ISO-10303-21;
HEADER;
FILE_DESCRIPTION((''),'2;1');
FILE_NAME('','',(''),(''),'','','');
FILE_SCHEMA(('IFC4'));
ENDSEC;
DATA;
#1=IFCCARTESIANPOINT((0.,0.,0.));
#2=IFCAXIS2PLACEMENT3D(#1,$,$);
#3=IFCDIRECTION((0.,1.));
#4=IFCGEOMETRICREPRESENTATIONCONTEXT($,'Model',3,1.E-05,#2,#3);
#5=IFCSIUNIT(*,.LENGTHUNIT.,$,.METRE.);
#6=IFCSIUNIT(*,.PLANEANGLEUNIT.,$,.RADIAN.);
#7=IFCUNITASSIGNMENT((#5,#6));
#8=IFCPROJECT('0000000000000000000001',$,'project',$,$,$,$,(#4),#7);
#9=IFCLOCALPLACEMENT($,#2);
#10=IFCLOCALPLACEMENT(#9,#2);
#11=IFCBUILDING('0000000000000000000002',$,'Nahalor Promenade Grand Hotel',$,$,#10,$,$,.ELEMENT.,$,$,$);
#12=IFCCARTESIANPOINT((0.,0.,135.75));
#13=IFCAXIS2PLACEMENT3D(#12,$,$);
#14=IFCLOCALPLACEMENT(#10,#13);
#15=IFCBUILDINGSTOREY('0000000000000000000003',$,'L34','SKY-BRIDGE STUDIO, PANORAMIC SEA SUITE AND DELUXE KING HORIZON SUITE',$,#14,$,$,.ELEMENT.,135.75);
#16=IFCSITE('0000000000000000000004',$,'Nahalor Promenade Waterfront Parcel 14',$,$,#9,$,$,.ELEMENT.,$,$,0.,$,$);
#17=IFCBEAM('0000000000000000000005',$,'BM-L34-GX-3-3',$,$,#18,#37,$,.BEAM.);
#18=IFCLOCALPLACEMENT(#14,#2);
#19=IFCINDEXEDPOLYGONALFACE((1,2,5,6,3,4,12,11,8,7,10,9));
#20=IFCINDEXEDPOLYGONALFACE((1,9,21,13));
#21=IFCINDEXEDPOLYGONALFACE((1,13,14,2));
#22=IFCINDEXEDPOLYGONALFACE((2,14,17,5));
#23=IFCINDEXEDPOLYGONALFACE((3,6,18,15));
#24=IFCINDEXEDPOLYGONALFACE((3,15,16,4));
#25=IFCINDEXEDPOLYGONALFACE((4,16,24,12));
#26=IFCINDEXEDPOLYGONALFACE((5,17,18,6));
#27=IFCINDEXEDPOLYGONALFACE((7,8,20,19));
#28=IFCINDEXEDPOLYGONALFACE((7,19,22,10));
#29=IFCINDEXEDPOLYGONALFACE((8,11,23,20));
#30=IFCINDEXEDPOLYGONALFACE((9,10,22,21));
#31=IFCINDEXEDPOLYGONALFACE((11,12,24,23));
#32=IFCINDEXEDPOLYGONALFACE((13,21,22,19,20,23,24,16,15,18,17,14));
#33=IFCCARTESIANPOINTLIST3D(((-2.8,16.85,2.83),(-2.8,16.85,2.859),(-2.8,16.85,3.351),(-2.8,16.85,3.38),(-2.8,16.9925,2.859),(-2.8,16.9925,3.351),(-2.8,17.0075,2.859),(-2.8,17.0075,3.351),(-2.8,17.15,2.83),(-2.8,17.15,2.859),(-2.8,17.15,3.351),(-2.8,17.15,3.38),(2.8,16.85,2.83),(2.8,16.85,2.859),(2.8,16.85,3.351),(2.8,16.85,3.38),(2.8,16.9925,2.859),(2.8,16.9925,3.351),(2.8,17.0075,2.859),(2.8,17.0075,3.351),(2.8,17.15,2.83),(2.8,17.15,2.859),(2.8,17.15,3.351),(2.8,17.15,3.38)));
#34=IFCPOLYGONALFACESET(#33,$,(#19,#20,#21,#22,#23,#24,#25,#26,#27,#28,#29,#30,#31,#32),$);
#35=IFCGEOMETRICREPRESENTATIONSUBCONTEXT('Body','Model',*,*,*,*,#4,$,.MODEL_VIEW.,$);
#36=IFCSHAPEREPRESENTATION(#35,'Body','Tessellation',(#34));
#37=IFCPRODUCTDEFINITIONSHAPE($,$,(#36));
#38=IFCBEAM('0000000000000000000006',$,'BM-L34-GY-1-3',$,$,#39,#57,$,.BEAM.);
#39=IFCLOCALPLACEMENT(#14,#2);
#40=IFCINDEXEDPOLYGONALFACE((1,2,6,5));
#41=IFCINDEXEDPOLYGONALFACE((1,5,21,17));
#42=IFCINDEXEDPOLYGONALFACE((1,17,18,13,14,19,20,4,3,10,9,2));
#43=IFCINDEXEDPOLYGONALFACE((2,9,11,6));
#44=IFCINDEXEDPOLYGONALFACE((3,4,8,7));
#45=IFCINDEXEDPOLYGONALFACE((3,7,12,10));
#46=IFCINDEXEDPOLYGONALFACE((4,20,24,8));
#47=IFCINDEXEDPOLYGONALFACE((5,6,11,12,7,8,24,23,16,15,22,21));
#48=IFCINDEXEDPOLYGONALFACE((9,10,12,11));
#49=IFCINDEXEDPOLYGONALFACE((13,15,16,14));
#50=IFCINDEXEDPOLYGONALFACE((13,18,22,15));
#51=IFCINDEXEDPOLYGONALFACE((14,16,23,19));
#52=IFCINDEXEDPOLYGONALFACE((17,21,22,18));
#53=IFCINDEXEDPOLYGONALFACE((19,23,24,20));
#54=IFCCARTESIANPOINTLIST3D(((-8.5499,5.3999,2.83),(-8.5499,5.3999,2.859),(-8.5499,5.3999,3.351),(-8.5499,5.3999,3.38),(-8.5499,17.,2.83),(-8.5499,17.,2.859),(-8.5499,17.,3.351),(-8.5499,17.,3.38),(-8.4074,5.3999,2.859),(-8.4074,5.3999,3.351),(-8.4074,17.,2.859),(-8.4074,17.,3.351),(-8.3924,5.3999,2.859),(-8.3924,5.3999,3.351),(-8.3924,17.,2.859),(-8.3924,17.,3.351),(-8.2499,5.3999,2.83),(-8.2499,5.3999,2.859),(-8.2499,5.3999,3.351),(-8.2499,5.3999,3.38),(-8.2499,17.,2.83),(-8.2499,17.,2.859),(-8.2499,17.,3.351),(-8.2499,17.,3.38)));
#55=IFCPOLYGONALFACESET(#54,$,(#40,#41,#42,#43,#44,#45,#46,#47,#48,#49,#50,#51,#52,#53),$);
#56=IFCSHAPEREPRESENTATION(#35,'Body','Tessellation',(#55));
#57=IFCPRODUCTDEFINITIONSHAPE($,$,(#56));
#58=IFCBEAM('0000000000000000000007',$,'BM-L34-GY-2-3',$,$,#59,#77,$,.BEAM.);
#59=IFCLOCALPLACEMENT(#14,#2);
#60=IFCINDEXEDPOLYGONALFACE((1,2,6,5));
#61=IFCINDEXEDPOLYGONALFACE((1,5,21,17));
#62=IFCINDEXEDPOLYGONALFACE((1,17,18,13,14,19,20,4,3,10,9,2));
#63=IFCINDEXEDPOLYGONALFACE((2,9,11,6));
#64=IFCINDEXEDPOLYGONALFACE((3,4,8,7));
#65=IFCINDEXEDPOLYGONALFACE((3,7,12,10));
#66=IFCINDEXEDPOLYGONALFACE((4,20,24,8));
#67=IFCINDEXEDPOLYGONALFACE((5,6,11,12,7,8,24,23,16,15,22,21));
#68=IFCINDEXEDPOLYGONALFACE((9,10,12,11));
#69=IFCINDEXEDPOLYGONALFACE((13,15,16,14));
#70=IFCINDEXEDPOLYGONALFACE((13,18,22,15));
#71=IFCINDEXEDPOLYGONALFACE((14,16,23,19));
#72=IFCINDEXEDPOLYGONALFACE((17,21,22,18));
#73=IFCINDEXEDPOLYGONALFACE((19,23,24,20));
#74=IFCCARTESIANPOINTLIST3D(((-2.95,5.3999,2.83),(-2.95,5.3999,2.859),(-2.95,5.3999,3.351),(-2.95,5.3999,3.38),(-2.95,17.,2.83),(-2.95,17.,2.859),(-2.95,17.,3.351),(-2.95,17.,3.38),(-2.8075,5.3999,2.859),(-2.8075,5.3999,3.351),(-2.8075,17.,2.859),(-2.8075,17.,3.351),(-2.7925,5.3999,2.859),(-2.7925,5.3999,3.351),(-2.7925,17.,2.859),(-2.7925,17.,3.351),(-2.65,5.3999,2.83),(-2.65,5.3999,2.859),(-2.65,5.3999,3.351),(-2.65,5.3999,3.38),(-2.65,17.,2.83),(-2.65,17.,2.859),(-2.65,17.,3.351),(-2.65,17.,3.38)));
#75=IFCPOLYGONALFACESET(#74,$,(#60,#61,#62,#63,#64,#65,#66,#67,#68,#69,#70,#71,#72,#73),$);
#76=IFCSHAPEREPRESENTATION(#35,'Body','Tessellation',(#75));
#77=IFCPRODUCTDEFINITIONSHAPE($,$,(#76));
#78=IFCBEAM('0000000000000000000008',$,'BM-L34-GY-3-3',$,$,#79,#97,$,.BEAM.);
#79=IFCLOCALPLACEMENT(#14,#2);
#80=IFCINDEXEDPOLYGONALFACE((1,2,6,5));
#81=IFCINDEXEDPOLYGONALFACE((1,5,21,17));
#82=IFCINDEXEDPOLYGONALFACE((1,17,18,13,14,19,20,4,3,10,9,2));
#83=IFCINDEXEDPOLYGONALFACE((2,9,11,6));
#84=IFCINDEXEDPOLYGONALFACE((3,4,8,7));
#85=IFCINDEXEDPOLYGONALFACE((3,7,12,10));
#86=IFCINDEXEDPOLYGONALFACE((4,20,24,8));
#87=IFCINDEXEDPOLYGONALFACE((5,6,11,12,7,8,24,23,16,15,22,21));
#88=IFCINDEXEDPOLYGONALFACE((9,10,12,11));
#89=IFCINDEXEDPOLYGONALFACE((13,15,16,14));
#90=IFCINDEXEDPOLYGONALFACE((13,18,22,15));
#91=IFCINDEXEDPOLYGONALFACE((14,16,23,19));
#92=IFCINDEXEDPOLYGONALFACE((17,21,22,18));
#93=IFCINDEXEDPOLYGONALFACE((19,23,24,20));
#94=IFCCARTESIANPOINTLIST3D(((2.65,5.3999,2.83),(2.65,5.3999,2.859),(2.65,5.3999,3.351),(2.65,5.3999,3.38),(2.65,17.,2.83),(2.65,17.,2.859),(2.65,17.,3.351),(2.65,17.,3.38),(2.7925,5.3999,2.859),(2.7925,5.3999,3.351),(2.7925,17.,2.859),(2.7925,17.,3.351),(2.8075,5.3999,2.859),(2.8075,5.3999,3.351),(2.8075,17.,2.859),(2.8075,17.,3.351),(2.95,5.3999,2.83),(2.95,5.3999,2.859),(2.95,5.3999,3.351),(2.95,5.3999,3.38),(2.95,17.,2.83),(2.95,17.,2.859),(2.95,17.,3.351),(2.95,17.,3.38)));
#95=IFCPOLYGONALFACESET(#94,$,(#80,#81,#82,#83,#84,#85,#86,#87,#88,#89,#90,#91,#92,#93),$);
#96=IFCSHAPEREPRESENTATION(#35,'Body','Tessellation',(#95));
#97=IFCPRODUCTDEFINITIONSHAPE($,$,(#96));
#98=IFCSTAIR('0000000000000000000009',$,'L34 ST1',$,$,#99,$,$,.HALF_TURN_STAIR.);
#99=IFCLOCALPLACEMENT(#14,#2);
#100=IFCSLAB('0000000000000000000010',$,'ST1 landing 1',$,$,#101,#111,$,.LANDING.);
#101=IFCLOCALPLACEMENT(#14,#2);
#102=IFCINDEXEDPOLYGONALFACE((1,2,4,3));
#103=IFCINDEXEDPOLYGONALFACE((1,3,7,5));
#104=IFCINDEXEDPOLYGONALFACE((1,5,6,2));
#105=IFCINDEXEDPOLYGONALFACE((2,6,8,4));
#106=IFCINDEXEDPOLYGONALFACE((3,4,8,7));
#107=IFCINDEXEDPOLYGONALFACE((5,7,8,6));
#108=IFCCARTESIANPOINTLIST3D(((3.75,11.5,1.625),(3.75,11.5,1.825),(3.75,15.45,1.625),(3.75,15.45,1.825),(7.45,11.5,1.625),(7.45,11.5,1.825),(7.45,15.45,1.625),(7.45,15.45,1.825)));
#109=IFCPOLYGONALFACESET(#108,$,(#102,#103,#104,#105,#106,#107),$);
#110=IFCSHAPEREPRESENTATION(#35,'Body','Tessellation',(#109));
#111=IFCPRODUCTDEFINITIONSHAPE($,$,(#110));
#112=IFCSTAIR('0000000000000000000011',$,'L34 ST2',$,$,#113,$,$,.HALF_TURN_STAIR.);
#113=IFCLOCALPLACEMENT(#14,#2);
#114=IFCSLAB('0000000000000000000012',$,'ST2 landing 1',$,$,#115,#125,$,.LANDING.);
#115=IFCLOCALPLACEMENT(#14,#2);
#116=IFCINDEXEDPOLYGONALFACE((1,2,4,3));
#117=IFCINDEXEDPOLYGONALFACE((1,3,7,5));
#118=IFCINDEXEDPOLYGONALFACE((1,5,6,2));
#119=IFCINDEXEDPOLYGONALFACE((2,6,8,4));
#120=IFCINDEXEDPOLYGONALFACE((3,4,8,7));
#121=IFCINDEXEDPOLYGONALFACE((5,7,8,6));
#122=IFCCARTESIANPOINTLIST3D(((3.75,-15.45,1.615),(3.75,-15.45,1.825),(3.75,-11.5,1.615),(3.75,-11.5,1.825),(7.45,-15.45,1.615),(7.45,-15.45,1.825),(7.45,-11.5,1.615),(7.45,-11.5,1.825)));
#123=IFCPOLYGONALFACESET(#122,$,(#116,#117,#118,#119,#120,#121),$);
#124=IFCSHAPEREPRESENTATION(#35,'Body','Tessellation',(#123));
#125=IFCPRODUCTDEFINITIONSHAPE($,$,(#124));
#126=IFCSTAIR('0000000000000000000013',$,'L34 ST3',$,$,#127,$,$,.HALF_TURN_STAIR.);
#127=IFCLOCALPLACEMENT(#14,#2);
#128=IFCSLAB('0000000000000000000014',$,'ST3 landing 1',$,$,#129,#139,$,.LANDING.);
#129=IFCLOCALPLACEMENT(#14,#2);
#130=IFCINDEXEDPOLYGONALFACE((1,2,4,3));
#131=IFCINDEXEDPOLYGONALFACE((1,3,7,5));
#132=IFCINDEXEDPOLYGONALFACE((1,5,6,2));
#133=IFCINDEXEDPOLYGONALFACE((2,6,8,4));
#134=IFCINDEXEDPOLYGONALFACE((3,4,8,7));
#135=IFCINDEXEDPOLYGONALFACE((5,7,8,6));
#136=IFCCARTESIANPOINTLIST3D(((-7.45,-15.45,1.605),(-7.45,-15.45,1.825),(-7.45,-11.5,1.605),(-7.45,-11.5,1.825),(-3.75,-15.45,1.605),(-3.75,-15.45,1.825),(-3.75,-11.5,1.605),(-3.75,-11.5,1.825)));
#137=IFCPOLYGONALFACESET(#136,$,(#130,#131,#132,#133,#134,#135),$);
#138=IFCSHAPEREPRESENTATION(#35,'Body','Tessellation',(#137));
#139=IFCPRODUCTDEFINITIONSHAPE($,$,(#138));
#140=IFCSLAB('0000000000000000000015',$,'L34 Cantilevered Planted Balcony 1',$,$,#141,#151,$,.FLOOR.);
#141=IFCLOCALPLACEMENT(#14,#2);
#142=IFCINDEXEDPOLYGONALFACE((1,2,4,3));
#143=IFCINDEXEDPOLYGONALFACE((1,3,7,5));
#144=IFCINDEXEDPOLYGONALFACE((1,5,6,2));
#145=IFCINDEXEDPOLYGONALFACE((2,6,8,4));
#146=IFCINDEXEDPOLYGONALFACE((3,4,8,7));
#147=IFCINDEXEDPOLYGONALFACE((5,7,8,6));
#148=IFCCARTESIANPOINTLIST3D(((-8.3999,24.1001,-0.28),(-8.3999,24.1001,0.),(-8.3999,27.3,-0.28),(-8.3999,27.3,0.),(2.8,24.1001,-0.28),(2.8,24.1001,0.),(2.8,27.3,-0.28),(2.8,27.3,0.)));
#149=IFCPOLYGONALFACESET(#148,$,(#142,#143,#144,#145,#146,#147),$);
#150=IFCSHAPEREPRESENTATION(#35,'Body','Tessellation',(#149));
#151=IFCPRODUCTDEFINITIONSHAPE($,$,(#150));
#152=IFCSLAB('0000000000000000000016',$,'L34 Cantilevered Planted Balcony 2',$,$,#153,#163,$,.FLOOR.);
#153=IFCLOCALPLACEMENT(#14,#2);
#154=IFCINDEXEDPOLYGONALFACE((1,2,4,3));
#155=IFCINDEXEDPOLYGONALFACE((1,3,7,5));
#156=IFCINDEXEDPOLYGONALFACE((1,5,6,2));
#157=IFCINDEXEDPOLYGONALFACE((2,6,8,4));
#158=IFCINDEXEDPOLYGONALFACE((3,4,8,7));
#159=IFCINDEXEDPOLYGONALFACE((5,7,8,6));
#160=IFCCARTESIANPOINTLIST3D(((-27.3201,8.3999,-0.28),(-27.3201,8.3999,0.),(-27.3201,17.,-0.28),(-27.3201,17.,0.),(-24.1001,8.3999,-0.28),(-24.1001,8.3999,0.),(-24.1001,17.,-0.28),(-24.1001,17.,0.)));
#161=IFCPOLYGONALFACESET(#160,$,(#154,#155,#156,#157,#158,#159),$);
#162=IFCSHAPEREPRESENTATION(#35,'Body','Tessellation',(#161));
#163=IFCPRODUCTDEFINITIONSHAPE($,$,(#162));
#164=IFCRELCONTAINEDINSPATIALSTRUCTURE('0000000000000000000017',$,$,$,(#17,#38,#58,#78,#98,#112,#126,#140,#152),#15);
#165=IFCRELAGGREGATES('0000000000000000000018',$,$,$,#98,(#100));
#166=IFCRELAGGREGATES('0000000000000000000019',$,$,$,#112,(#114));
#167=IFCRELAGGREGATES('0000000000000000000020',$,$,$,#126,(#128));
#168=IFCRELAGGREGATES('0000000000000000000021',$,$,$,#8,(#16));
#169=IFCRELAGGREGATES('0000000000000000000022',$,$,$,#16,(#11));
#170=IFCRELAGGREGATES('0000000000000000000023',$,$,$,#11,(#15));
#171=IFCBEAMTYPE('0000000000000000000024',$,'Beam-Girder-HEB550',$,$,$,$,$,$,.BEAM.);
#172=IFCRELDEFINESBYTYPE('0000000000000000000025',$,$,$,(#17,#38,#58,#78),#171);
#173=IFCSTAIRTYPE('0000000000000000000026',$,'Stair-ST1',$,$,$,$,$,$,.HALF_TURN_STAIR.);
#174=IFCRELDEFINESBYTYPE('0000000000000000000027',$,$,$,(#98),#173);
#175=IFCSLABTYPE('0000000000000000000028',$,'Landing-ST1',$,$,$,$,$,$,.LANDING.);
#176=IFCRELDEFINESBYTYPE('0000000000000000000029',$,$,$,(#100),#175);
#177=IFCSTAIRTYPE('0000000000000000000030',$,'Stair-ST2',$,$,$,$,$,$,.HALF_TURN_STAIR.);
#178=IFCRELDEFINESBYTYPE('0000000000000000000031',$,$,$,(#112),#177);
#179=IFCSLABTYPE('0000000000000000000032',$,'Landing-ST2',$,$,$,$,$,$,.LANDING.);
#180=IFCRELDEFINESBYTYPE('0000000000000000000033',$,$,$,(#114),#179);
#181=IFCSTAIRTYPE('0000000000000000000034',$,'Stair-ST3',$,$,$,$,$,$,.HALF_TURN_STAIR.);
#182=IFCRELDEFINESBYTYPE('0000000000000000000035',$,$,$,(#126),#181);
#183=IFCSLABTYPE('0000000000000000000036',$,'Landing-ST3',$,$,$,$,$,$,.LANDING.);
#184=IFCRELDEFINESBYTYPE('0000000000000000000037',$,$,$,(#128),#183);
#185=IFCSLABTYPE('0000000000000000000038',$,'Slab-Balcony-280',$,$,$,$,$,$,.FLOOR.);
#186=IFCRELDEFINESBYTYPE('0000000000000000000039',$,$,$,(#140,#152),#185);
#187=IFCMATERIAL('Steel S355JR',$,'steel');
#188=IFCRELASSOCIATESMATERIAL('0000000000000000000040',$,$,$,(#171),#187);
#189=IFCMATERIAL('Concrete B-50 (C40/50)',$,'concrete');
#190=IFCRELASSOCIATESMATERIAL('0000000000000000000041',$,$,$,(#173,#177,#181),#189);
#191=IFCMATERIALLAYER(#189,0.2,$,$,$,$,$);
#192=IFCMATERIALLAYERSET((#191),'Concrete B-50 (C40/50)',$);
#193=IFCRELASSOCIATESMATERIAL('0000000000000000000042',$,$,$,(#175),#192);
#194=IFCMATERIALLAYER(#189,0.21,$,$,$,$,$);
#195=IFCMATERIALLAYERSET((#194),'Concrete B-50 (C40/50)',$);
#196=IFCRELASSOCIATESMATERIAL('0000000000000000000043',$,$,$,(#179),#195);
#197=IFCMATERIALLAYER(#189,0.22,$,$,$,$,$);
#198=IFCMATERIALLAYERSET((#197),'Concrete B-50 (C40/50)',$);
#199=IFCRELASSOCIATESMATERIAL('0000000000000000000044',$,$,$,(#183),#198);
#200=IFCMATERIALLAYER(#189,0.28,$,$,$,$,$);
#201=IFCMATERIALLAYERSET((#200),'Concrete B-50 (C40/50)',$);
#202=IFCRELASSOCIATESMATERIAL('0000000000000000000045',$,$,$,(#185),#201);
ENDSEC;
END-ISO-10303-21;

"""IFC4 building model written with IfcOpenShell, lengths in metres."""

from ifc_helpers import new_model, si_unit, direction, frame, origin, origin_2d, place, context, subcontext, project, spatial, polyline, i_section, outline, extrude, source, transform, mapped, material, layer, layer_set, material_profile, profile_set, type_object, element, aggregate, save


model = new_model("IFC4")

# Units and contexts
model_context = context("Model", 3, precision=1e-05, world=origin(), true_north=direction((0.0, 1.0)))
body_context = subcontext(model_context, "Body", "Model", "MODEL_VIEW")
ifc_project = project(units=[si_unit("LENGTHUNIT", "METRE"), si_unit("PLANEANGLEUNIT", "RADIAN")], contexts=[model_context])

# Site, building, storey
site_placement = place(None, origin())
site = spatial("IfcSite", under=ifc_project, at=site_placement, Name="Nahalor Promenade Waterfront Parcel 14", CompositionType="ELEMENT", RefElevation=0.0)
building_placement = place(site_placement, origin())
building = spatial("IfcBuilding", under=site, at=building_placement, Name="Nahalor Promenade Grand Hotel", CompositionType="ELEMENT")
storey_placement = place(building_placement, frame((0.0, 0.0, 135.75)))
storey = spatial("IfcBuildingStorey", under=building, at=storey_placement, Name="L34", Description="SKY-BRIDGE STUDIO, PANORAMIC SEA SUITE AND DELUXE KING HORIZON SUITE", CompositionType="ELEMENT", Elevation=135.75)

# Beams
ifc_material_1 = material(Name="Steel S355JR", Category="steel")
ifc_material_profile_1 = material_profile(ifc_material_1, i_section(OverallWidth=0.3, OverallDepth=0.55, WebThickness=0.015, FlangeThickness=0.029, at=origin_2d()), Name="HEB 550")
ifc_profile_set_1 = profile_set([ifc_material_profile_1], Name="Steel S355JR")
beam_type = type_object("IfcBeamType", Name="Beam-Girder-HEB550", PredefinedType="BEAM", material=ifc_profile_set_1)
shared_shape_1 = source(origin(), body_context, "Body", "SweptSolid", [
    extrude(i_section(OverallWidth=0.3, OverallDepth=0.55, WebThickness=0.015, FlangeThickness=0.029, at=origin_2d()), origin(), (0.0, 0.0, 1.0), 5.6001),
])
for number, where, z_axis, x_axis, name in (
    (1, (-2.8, 17.0, 3.105), (1.0, 0.0, 0.0), (0.0, 1.0, 0.0), "BM-L34-GX-3-3"),
):
    element("IfcBeam", number, at=place(storey_placement, frame(where, z_axis=z_axis, x_axis=x_axis)), inside=storey, type_object=beam_type, Name=name, PredefinedType="BEAM", context=body_context, shape_type="MappedRepresentation", body=[
        mapped(shared_shape_1, transform((0.0, 0.0, 0.0), scale=1.0)),
    ])
shared_shape_2 = source(origin(), body_context, "Body", "SweptSolid", [
    extrude(i_section(OverallWidth=0.3, OverallDepth=0.55, WebThickness=0.015, FlangeThickness=0.029, at=origin_2d()), origin(), (0.0, 0.0, 1.0), 11.6001),
])
for number, where, z_axis, x_axis, name in (
    (2, (-8.3999, 5.3999, 3.105), (0.0, 1.0, 0.0), (-1.0, 0.0, 0.0), "BM-L34-GY-1-3"),
    (3, (-2.8, 5.3999, 3.105), (0.0, 1.0, 0.0), (-1.0, 0.0, 0.0), "BM-L34-GY-2-3"),
    (4, (2.8, 5.3999, 3.105), (0.0, 1.0, 0.0), (-1.0, 0.0, 0.0), "BM-L34-GY-3-3"),
):
    element("IfcBeam", number, at=place(storey_placement, frame(where, z_axis=z_axis, x_axis=x_axis)), inside=storey, type_object=beam_type, Name=name, PredefinedType="BEAM", context=body_context, shape_type="MappedRepresentation", body=[
        mapped(shared_shape_2, transform((0.0, 0.0, 0.0), scale=1.0)),
    ])

# Stairs, slabs
ifc_material_2 = material(Name="Concrete B-50 (C40/50)", Category="concrete")
stair_type_1 = type_object("IfcStairType", Name="Stair-ST1", PredefinedType="HALF_TURN_STAIR", material=ifc_material_2)
stair_1_placement = place(storey_placement, origin())
stair_1 = element("IfcStair", 5, at=stair_1_placement, inside=storey, type_object=stair_type_1, Name="L34 ST1", PredefinedType="HALF_TURN_STAIR")
ifc_layer_1 = layer(ifc_material_2, 0.2)
ifc_layer_set_1 = layer_set([ifc_layer_1], Name="Concrete B-50 (C40/50)")
slab_type_1 = type_object("IfcSlabType", Name="Landing-ST1", PredefinedType="LANDING", material=ifc_layer_set_1)
slab_1_placement = place(storey_placement, frame((0.0, 0.0, 1.625)))
slab_1 = element("IfcSlab", 6, at=slab_1_placement, type_object=slab_type_1, Name="ST1 landing 1", PredefinedType="LANDING", context=body_context, shape_type="SweptSolid", body=[
    extrude(outline(polyline([(7.45, 11.5), (7.45, 15.45), (3.75, 15.45), (3.75, 11.5), (7.45, 11.5)])), origin(), (0.0, 0.0, 1.0), 0.2),
])
aggregate(stair_1, [slab_1])
stair_type_2 = type_object("IfcStairType", Name="Stair-ST2", PredefinedType="HALF_TURN_STAIR", material=ifc_material_2)
stair_2_placement = place(storey_placement, origin())
stair_2 = element("IfcStair", 7, at=stair_2_placement, inside=storey, type_object=stair_type_2, Name="L34 ST2", PredefinedType="HALF_TURN_STAIR")
ifc_layer_2 = layer(ifc_material_2, 0.21)
ifc_layer_set_2 = layer_set([ifc_layer_2], Name="Concrete B-50 (C40/50)")
slab_type_2 = type_object("IfcSlabType", Name="Landing-ST2", PredefinedType="LANDING", material=ifc_layer_set_2)
slab_2_placement = place(storey_placement, frame((0.0, 0.0, 1.615)))
slab_2 = element("IfcSlab", 8, at=slab_2_placement, type_object=slab_type_2, Name="ST2 landing 1", PredefinedType="LANDING", context=body_context, shape_type="SweptSolid", body=[
    extrude(outline(polyline([(3.75, -11.5), (3.75, -15.45), (7.45, -15.45), (7.45, -11.5), (3.75, -11.5)])), origin(), (0.0, 0.0, 1.0), 0.21),
])
aggregate(stair_2, [slab_2])
stair_type_3 = type_object("IfcStairType", Name="Stair-ST3", PredefinedType="HALF_TURN_STAIR", material=ifc_material_2)
stair_3_placement = place(storey_placement, origin())
stair_3 = element("IfcStair", 9, at=stair_3_placement, inside=storey, type_object=stair_type_3, Name="L34 ST3", PredefinedType="HALF_TURN_STAIR")
ifc_layer_3 = layer(ifc_material_2, 0.22)
ifc_layer_set_3 = layer_set([ifc_layer_3], Name="Concrete B-50 (C40/50)")
slab_type_3 = type_object("IfcSlabType", Name="Landing-ST3", PredefinedType="LANDING", material=ifc_layer_set_3)
slab_3_placement = place(storey_placement, frame((0.0, 0.0, 1.605)))
slab_3 = element("IfcSlab", 10, at=slab_3_placement, type_object=slab_type_3, Name="ST3 landing 1", PredefinedType="LANDING", context=body_context, shape_type="SweptSolid", body=[
    extrude(outline(polyline([(-7.45, -11.5), (-7.45, -15.45), (-3.75, -15.45), (-3.75, -11.5), (-7.45, -11.5)])), origin(), (0.0, 0.0, 1.0), 0.22),
])
aggregate(stair_3, [slab_3])

# Slabs
ifc_layer_4 = layer(ifc_material_2, 0.28)
ifc_layer_set_4 = layer_set([ifc_layer_4], Name="Concrete B-50 (C40/50)")
slab_type_4 = type_object("IfcSlabType", Name="Slab-Balcony-280", PredefinedType="FLOOR", material=ifc_layer_set_4)
slab_4_placement = place(storey_placement, frame((0.0, 0.0, -0.28)))
element("IfcSlab", 11, at=slab_4_placement, inside=storey, type_object=slab_type_4, Name="L34 Cantilevered Planted Balcony 1", PredefinedType="FLOOR", context=body_context, shape_type="SweptSolid", body=[
    extrude(outline(polyline([(-8.3999, 24.1001), (2.8, 24.1001), (2.8, 27.3), (-8.3999, 27.3), (-8.3999, 24.1001)])), origin(), (0.0, 0.0, 1.0), 0.28),
])
slab_5_placement = place(storey_placement, frame((0.0, 0.0, -0.28)))
element("IfcSlab", 12, at=slab_5_placement, inside=storey, type_object=slab_type_4, Name="L34 Cantilevered Planted Balcony 2", PredefinedType="FLOOR", context=body_context, shape_type="SweptSolid", body=[
    extrude(outline(polyline([(-27.3201, 8.3999), (-24.1001, 8.3999), (-24.1001, 17.0), (-27.3201, 17.0), (-27.3201, 8.3999)])), origin(), (0.0, 0.0, 1.0), 0.28),
])

save(model, "model.ifc")
